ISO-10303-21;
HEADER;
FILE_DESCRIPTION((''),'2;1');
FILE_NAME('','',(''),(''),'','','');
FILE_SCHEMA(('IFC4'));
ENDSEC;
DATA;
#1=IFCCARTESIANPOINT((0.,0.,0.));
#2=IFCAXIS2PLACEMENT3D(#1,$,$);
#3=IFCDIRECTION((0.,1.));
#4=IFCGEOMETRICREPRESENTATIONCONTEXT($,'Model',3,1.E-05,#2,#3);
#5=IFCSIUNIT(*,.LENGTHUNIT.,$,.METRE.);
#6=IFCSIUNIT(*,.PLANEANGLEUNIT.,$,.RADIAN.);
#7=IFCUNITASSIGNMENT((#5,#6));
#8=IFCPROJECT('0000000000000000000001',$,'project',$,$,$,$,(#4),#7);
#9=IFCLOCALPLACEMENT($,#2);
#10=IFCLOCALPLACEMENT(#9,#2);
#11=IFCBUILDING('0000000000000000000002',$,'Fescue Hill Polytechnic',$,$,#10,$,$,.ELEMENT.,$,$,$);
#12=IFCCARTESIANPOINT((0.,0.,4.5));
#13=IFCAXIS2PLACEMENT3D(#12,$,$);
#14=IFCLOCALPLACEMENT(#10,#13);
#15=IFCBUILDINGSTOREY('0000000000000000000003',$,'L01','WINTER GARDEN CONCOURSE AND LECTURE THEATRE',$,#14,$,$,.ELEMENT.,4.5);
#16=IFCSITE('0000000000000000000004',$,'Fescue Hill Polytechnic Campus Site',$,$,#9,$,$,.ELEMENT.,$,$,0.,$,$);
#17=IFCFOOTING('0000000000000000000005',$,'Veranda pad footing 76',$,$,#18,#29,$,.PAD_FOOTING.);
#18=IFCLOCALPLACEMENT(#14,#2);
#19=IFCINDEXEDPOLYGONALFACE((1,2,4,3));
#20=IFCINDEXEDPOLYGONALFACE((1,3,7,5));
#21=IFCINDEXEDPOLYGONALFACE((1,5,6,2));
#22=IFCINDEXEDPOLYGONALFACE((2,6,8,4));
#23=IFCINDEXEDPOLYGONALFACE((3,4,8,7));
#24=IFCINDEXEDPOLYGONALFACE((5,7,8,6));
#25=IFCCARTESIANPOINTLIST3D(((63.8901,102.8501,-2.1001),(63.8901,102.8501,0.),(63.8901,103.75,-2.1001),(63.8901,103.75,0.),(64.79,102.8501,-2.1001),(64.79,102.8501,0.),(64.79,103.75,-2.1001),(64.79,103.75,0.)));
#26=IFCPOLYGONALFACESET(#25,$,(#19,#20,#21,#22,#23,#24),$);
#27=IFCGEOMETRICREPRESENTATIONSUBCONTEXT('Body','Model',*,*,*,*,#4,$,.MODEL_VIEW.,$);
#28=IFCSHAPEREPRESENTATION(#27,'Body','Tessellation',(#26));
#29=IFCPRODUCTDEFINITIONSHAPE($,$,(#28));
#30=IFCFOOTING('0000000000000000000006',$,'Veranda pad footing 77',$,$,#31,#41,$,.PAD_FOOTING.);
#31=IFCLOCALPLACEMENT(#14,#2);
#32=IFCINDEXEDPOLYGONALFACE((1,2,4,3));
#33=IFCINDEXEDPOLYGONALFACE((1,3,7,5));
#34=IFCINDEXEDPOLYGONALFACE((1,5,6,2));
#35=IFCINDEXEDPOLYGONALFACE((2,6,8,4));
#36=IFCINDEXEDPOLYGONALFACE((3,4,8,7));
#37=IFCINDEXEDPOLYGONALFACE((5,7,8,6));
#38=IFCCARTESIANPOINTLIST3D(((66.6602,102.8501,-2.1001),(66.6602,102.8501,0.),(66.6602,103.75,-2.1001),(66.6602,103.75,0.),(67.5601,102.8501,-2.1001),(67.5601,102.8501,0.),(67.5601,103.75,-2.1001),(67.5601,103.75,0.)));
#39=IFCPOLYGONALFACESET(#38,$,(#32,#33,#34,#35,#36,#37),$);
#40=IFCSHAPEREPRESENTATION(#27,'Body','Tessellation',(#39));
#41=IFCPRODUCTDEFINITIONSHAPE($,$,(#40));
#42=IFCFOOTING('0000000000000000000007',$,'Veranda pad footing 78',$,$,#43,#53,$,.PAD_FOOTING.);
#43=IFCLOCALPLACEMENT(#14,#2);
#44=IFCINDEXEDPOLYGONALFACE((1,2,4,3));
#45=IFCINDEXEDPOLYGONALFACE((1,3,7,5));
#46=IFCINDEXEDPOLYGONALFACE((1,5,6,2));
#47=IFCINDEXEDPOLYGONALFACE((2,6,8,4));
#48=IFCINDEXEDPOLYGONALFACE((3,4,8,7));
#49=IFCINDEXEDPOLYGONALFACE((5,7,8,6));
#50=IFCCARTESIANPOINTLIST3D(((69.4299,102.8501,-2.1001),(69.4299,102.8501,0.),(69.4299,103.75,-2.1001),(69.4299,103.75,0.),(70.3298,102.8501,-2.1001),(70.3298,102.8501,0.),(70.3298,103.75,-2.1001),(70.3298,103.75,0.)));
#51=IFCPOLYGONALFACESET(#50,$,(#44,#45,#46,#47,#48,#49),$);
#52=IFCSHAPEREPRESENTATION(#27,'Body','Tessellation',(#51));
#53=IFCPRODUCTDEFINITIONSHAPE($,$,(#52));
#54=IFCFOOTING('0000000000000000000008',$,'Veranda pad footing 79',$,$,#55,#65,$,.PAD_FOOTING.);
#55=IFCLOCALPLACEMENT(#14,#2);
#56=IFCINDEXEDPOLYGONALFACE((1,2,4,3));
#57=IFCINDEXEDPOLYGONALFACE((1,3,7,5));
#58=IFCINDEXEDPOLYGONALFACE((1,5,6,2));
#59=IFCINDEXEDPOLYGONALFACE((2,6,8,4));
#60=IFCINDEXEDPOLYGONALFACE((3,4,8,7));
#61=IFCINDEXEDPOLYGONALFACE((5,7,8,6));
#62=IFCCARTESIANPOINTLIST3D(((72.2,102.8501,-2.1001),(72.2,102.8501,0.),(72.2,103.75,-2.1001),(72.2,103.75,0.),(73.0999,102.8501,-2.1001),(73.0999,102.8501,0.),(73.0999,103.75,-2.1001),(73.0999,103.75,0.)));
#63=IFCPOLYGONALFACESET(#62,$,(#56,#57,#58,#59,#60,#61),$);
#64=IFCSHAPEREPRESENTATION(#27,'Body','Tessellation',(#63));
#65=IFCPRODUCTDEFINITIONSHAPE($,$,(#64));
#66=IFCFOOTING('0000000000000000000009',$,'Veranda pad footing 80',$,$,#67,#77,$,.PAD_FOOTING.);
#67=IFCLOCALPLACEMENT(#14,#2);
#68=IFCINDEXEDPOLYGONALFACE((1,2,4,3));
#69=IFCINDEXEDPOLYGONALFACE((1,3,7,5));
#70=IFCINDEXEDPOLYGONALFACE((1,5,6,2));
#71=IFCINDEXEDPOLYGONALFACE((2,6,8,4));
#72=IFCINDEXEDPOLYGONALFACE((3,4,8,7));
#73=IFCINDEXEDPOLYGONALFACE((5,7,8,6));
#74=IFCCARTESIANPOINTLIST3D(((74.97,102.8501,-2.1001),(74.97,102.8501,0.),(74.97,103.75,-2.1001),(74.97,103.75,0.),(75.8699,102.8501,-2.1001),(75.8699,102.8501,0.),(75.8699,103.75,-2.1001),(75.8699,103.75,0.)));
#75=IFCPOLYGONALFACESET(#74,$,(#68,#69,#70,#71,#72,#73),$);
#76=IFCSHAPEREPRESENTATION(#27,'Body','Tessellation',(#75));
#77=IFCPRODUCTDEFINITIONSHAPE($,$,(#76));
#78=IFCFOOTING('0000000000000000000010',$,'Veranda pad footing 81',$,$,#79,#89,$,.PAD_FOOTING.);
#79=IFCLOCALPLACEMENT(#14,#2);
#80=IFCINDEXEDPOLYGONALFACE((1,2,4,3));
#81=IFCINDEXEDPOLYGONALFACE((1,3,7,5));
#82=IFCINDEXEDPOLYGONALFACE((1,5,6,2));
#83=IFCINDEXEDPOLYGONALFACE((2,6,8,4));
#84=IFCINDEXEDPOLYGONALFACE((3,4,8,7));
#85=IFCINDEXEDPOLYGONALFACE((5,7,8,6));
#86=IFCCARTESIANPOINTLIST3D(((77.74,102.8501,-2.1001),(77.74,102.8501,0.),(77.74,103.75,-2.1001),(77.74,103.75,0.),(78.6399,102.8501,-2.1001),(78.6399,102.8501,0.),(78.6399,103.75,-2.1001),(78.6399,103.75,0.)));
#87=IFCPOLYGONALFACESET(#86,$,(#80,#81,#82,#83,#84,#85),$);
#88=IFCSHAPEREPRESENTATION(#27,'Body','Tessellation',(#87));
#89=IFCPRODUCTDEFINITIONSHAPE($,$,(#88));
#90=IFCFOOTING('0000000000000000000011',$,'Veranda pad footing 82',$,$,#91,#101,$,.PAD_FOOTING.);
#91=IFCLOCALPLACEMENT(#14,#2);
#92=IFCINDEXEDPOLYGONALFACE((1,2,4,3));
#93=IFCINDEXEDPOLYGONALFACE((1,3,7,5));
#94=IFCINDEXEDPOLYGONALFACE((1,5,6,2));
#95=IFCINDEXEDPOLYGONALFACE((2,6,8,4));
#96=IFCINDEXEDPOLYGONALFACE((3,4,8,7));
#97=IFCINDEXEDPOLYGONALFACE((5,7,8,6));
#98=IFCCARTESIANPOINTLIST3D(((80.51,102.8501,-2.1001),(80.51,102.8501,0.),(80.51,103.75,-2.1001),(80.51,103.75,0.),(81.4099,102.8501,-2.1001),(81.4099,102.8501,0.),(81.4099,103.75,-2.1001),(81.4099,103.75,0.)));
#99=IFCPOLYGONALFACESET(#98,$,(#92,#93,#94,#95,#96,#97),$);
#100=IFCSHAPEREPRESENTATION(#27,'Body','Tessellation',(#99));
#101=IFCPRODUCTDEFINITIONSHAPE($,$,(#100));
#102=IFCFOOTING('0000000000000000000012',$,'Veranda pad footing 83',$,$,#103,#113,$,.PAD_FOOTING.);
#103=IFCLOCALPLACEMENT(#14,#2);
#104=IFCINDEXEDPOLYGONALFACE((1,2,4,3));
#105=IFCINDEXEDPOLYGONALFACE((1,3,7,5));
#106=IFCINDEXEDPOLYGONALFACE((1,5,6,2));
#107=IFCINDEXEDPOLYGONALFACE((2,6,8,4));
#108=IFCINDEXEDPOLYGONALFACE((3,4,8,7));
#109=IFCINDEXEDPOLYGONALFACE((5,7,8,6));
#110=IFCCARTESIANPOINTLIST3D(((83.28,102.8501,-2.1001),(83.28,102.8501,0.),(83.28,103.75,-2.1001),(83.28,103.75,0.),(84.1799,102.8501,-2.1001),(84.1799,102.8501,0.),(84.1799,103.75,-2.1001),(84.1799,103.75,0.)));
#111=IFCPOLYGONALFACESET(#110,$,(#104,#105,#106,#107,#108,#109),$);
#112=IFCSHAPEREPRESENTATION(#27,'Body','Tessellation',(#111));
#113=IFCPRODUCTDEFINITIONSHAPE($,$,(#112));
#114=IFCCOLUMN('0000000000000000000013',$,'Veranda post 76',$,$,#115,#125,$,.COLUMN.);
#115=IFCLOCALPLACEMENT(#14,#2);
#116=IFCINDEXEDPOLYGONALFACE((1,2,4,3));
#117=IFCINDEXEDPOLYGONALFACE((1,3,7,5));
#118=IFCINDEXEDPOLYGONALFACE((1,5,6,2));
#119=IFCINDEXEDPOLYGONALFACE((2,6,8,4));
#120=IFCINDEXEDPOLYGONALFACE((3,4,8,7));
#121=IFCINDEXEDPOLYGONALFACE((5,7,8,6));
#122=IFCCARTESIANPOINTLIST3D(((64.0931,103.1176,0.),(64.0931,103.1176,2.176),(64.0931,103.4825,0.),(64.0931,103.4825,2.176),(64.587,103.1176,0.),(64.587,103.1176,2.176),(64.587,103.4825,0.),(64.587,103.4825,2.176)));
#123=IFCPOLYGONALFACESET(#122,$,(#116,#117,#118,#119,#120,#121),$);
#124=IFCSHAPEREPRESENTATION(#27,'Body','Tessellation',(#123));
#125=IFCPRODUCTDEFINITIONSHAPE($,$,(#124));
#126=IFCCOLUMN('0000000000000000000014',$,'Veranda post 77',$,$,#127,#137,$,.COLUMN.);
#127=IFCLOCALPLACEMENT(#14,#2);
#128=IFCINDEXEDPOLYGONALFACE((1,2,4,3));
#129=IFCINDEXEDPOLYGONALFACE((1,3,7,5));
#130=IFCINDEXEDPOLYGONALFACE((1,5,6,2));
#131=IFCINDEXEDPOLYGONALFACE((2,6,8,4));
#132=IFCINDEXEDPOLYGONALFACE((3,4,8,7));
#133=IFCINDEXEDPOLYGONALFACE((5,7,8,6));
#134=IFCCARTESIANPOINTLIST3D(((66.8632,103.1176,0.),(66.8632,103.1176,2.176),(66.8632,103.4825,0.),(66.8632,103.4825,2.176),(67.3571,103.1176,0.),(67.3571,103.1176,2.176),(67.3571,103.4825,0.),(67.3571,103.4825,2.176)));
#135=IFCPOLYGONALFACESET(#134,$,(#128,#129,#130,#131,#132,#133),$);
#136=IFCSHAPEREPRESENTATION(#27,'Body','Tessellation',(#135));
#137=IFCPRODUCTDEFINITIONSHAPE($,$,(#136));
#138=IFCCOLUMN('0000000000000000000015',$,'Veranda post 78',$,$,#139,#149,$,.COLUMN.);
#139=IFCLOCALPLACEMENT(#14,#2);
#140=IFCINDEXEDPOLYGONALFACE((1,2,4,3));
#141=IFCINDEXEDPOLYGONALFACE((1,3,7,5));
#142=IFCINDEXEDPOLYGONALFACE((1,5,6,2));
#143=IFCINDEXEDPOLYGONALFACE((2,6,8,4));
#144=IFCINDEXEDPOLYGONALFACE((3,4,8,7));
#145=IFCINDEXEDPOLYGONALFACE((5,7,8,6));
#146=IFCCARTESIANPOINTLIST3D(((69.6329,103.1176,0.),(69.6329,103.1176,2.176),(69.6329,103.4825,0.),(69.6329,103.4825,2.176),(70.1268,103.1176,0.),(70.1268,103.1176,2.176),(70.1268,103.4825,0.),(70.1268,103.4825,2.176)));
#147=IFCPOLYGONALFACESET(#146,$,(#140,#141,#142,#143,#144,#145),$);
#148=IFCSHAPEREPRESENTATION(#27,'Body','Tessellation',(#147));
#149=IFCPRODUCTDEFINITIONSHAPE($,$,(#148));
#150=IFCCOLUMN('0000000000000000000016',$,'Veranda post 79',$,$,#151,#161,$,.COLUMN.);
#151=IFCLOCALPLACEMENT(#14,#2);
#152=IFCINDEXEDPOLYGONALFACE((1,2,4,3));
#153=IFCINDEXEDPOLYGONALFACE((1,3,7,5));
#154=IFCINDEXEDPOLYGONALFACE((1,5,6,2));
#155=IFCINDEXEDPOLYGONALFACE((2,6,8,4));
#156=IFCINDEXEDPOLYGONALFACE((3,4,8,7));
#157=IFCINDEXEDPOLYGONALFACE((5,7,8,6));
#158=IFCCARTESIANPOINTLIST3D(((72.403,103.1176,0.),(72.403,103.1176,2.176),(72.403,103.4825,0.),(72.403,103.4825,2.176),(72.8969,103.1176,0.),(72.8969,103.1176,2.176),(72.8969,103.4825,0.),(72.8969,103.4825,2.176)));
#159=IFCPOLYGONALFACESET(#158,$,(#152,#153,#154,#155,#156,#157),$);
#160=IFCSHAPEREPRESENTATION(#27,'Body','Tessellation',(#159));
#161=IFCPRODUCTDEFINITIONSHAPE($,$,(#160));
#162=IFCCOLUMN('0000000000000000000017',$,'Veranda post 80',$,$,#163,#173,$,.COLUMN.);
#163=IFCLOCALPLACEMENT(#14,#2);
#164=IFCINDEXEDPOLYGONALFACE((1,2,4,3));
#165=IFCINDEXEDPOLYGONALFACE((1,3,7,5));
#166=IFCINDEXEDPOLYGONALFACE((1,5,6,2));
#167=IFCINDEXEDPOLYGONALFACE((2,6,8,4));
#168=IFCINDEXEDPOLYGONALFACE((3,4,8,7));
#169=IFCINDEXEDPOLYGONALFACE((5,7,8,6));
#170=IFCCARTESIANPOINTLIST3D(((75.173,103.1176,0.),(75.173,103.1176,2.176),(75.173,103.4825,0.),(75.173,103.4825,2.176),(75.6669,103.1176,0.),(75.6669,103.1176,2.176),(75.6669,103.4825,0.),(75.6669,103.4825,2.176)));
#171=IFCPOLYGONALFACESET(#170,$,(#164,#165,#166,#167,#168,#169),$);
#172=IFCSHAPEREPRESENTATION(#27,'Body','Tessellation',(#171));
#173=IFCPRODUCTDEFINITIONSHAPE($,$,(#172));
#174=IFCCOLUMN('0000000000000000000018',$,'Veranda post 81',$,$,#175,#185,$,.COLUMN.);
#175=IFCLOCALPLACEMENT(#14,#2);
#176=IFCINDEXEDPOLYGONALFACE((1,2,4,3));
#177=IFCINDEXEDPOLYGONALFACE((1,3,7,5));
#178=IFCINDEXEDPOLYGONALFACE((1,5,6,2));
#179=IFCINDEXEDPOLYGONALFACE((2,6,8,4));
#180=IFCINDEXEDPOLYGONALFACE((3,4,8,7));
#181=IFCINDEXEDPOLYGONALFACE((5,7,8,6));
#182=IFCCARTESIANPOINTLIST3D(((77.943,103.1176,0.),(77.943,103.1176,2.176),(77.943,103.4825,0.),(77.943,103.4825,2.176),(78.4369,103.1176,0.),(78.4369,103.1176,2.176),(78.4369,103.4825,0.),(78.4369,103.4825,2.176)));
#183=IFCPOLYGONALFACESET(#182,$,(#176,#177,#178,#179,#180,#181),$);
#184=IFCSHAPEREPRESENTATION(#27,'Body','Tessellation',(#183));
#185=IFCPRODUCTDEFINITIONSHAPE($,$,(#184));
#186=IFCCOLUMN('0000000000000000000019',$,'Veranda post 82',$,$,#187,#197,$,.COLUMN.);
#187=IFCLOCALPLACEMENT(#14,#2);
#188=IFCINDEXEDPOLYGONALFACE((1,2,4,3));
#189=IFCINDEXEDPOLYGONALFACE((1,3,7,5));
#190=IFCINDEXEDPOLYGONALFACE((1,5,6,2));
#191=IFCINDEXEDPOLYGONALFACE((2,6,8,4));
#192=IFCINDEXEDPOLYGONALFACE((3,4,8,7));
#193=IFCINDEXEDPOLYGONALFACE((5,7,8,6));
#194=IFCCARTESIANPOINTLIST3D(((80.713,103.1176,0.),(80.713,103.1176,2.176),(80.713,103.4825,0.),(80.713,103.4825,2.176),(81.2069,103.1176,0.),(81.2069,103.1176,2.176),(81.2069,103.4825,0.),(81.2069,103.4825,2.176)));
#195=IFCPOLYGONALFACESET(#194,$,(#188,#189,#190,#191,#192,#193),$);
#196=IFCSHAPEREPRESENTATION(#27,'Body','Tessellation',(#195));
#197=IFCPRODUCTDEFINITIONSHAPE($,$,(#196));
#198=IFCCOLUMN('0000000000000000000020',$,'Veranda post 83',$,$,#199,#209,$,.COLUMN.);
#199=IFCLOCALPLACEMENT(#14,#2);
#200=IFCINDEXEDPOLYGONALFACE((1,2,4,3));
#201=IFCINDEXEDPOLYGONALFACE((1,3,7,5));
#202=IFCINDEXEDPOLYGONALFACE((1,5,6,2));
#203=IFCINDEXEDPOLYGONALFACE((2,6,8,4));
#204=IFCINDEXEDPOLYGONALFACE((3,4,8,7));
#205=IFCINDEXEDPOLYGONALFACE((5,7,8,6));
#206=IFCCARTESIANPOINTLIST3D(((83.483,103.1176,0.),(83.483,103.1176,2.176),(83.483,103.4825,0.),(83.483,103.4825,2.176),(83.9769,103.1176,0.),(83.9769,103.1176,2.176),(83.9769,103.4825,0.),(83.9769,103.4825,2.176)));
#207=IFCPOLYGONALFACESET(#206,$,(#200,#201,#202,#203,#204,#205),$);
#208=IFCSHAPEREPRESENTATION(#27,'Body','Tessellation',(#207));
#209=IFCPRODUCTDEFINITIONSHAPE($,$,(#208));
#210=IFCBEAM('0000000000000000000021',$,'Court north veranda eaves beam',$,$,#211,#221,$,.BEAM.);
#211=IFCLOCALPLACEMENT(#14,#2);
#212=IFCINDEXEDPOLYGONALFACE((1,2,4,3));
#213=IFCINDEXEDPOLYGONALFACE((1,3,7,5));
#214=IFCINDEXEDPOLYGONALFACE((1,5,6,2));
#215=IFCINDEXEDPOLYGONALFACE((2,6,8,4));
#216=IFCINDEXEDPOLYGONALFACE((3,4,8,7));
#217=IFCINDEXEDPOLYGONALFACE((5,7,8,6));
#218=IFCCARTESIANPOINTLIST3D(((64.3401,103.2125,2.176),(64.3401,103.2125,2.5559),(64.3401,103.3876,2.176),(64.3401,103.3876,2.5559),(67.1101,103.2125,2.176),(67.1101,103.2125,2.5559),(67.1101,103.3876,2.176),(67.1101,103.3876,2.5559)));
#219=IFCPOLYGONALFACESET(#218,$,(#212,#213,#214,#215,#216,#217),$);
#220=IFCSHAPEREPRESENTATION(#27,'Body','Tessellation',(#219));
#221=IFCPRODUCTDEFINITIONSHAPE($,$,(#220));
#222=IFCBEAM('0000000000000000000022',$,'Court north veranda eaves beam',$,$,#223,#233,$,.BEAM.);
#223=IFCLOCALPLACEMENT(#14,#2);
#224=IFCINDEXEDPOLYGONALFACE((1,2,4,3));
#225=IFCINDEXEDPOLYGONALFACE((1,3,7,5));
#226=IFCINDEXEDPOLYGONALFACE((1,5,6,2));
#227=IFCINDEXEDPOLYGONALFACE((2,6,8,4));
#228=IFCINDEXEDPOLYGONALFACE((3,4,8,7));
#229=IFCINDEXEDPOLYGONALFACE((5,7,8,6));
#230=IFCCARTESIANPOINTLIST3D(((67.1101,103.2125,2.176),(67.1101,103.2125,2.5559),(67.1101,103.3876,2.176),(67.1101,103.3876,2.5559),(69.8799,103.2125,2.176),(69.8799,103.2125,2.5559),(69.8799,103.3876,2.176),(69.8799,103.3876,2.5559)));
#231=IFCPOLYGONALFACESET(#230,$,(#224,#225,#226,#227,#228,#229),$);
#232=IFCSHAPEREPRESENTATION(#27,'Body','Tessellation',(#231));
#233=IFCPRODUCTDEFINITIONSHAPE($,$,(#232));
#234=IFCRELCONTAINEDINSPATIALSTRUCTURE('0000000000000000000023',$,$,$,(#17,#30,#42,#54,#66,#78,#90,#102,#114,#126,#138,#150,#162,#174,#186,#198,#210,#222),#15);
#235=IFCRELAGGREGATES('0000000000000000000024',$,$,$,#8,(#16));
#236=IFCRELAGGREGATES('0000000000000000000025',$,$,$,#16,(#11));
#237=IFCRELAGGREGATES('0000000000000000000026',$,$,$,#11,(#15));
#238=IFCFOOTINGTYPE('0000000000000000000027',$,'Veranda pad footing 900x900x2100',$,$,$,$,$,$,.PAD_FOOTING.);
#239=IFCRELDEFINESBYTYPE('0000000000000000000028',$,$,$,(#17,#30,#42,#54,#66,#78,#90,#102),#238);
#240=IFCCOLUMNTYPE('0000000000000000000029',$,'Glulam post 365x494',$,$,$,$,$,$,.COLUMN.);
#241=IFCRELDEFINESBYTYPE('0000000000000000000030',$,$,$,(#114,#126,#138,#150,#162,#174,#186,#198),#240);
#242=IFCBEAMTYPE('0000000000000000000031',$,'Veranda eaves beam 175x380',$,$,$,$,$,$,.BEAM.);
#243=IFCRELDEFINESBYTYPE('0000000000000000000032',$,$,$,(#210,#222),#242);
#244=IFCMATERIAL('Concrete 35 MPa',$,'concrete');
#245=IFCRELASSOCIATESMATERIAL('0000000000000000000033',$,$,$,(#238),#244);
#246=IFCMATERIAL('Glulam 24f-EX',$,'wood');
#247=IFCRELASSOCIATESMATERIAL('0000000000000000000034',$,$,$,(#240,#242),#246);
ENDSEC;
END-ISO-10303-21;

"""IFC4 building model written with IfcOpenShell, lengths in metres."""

from ifc_helpers import new_model, si_unit, direction, frame, origin, origin_2d, place, context, subcontext, project, spatial, rectangle, extrude, material, material_profile, profile_set, type_object, element, save


model = new_model("IFC4")

# Units and contexts
model_context = context("Model", 3, precision=1e-05, world=origin(), true_north=direction((0.0, 1.0)))
body_context = subcontext(model_context, "Body", "Model", "MODEL_VIEW")
ifc_project = project(units=[si_unit("LENGTHUNIT", "METRE"), si_unit("PLANEANGLEUNIT", "RADIAN")], contexts=[model_context])

# Site, building, storey
site_placement = place(None, origin())
site = spatial("IfcSite", under=ifc_project, at=site_placement, Name="Fescue Hill Polytechnic Campus Site", CompositionType="ELEMENT", RefElevation=0.0)
building_placement = place(site_placement, origin())
building = spatial("IfcBuilding", under=site, at=building_placement, Name="Fescue Hill Polytechnic", CompositionType="ELEMENT")
storey_placement = place(building_placement, frame((0.0, 0.0, 4.5)))
storey = spatial("IfcBuildingStorey", under=building, at=storey_placement, Name="L01", Description="WINTER GARDEN CONCOURSE AND LECTURE THEATRE", CompositionType="ELEMENT", Elevation=4.5)

# Footings
ifc_material_1 = material(Name="Concrete 35 MPa", Category="concrete")
footing_type = type_object("IfcFootingType", Name="Veranda pad footing 900x900x2100", PredefinedType="PAD_FOOTING", material=ifc_material_1)
for number, where, z_axis, x_axis, name in (
    (1, (64.3401, 103.3, -2.1001), (0.0, 0.0, 1.0), (1.0, 0.0, 0.0), "Veranda pad footing 76"),
    (2, (67.1101, 103.3, -2.1001), (0.0, 0.0, 1.0), (1.0, 0.0, 0.0), "Veranda pad footing 77"),
    (3, (69.8799, 103.3, -2.1001), (0.0, 0.0, 1.0), (1.0, 0.0, 0.0), "Veranda pad footing 78"),
    (4, (72.6499, 103.3, -2.1001), (0.0, 0.0, 1.0), (1.0, 0.0, 0.0), "Veranda pad footing 79"),
    (5, (75.4199, 103.3, -2.1001), (0.0, 0.0, 1.0), (1.0, 0.0, 0.0), "Veranda pad footing 80"),
    (6, (78.1899, 103.3, -2.1001), (0.0, 0.0, 1.0), (1.0, 0.0, 0.0), "Veranda pad footing 81"),
    (7, (80.96, 103.3, -2.1001), (0.0, 0.0, 1.0), (1.0, 0.0, 0.0), "Veranda pad footing 82"),
    (8, (83.73, 103.3, -2.1001), (0.0, 0.0, 1.0), (1.0, 0.0, 0.0), "Veranda pad footing 83"),
):
    element("IfcFooting", number, at=place(storey_placement, frame(where, z_axis=z_axis, x_axis=x_axis)), inside=storey, type_object=footing_type, Name=name, PredefinedType="PAD_FOOTING", context=body_context, shape_type="SweptSolid", body=[
        extrude(rectangle(XDim=0.8999, YDim=0.8999, at=origin_2d()), origin(), (0.0, 0.0, 1.0), 2.1001),
    ])

# Columns
ifc_material_2 = material(Name="Glulam 24f-EX", Category="wood")
ifc_material_profile_1 = material_profile(ifc_material_2, rectangle(XDim=0.365, YDim=0.4939, at=origin_2d()), Name="Glulam post 365x494")
ifc_profile_set_1 = profile_set([ifc_material_profile_1], Name="Glulam 24f-EX")
column_type = type_object("IfcColumnType", Name="Glulam post 365x494", PredefinedType="COLUMN", material=ifc_profile_set_1)
for number, where, z_axis, x_axis, name in (
    (9, (64.3401, 103.3, 0.0), (0.0, 0.0, 1.0), (0.0, 1.0, 0.0), "Veranda post 76"),
    (10, (67.1101, 103.3, 0.0), (0.0, 0.0, 1.0), (0.0, 1.0, 0.0), "Veranda post 77"),
    (11, (69.8799, 103.3, 0.0), (0.0, 0.0, 1.0), (0.0, 1.0, 0.0), "Veranda post 78"),
    (12, (72.6499, 103.3, 0.0), (0.0, 0.0, 1.0), (0.0, 1.0, 0.0), "Veranda post 79"),
    (13, (75.4199, 103.3, 0.0), (0.0, 0.0, 1.0), (0.0, 1.0, 0.0), "Veranda post 80"),
    (14, (78.1899, 103.3, 0.0), (0.0, 0.0, 1.0), (0.0, 1.0, 0.0), "Veranda post 81"),
    (15, (80.96, 103.3, 0.0), (0.0, 0.0, 1.0), (0.0, 1.0, 0.0), "Veranda post 82"),
    (16, (83.73, 103.3, 0.0), (0.0, 0.0, 1.0), (0.0, 1.0, 0.0), "Veranda post 83"),
):
    element("IfcColumn", number, at=place(storey_placement, frame(where, z_axis=z_axis, x_axis=x_axis)), inside=storey, type_object=column_type, Name=name, PredefinedType="COLUMN", context=body_context, shape_type="SweptSolid", body=[
        extrude(rectangle(XDim=0.365, YDim=0.4939, at=origin_2d()), origin(), (0.0, 0.0, 1.0), 2.176),
    ])

# Beams
ifc_material_profile_2 = material_profile(ifc_material_2, rectangle(XDim=0.175, YDim=0.3799, at=origin_2d()), Name="Veranda eaves beam 175x380")
ifc_profile_set_2 = profile_set([ifc_material_profile_2], Name="Glulam 24f-EX")
beam_type = type_object("IfcBeamType", Name="Veranda eaves beam 175x380", PredefinedType="BEAM", material=ifc_profile_set_2)
beam_1_placement = place(storey_placement, frame((64.3401, 103.3, 2.366), z_axis=(1.0, 0.0, 0.0), x_axis=(0.0, 1.0, 0.0)))
element("IfcBeam", 17, at=beam_1_placement, inside=storey, type_object=beam_type, Name="Court north veranda eaves beam", PredefinedType="BEAM", context=body_context, shape_type="SweptSolid", body=[
    extrude(rectangle(XDim=0.175, YDim=0.3799, at=origin_2d()), origin(), (0.0, 0.0, 1.0), 2.77),
])
beam_2_placement = place(storey_placement, frame((67.1101, 103.3, 2.366), z_axis=(1.0, 0.0, 0.0), x_axis=(0.0, 1.0, 0.0)))
element("IfcBeam", 18, at=beam_2_placement, inside=storey, type_object=beam_type, Name="Court north veranda eaves beam", PredefinedType="BEAM", context=body_context, shape_type="SweptSolid", body=[
    extrude(rectangle(XDim=0.175, YDim=0.3799, at=origin_2d()), origin(), (0.0, 0.0, 1.0), 2.7698),
])

save(model, "model.ifc")
